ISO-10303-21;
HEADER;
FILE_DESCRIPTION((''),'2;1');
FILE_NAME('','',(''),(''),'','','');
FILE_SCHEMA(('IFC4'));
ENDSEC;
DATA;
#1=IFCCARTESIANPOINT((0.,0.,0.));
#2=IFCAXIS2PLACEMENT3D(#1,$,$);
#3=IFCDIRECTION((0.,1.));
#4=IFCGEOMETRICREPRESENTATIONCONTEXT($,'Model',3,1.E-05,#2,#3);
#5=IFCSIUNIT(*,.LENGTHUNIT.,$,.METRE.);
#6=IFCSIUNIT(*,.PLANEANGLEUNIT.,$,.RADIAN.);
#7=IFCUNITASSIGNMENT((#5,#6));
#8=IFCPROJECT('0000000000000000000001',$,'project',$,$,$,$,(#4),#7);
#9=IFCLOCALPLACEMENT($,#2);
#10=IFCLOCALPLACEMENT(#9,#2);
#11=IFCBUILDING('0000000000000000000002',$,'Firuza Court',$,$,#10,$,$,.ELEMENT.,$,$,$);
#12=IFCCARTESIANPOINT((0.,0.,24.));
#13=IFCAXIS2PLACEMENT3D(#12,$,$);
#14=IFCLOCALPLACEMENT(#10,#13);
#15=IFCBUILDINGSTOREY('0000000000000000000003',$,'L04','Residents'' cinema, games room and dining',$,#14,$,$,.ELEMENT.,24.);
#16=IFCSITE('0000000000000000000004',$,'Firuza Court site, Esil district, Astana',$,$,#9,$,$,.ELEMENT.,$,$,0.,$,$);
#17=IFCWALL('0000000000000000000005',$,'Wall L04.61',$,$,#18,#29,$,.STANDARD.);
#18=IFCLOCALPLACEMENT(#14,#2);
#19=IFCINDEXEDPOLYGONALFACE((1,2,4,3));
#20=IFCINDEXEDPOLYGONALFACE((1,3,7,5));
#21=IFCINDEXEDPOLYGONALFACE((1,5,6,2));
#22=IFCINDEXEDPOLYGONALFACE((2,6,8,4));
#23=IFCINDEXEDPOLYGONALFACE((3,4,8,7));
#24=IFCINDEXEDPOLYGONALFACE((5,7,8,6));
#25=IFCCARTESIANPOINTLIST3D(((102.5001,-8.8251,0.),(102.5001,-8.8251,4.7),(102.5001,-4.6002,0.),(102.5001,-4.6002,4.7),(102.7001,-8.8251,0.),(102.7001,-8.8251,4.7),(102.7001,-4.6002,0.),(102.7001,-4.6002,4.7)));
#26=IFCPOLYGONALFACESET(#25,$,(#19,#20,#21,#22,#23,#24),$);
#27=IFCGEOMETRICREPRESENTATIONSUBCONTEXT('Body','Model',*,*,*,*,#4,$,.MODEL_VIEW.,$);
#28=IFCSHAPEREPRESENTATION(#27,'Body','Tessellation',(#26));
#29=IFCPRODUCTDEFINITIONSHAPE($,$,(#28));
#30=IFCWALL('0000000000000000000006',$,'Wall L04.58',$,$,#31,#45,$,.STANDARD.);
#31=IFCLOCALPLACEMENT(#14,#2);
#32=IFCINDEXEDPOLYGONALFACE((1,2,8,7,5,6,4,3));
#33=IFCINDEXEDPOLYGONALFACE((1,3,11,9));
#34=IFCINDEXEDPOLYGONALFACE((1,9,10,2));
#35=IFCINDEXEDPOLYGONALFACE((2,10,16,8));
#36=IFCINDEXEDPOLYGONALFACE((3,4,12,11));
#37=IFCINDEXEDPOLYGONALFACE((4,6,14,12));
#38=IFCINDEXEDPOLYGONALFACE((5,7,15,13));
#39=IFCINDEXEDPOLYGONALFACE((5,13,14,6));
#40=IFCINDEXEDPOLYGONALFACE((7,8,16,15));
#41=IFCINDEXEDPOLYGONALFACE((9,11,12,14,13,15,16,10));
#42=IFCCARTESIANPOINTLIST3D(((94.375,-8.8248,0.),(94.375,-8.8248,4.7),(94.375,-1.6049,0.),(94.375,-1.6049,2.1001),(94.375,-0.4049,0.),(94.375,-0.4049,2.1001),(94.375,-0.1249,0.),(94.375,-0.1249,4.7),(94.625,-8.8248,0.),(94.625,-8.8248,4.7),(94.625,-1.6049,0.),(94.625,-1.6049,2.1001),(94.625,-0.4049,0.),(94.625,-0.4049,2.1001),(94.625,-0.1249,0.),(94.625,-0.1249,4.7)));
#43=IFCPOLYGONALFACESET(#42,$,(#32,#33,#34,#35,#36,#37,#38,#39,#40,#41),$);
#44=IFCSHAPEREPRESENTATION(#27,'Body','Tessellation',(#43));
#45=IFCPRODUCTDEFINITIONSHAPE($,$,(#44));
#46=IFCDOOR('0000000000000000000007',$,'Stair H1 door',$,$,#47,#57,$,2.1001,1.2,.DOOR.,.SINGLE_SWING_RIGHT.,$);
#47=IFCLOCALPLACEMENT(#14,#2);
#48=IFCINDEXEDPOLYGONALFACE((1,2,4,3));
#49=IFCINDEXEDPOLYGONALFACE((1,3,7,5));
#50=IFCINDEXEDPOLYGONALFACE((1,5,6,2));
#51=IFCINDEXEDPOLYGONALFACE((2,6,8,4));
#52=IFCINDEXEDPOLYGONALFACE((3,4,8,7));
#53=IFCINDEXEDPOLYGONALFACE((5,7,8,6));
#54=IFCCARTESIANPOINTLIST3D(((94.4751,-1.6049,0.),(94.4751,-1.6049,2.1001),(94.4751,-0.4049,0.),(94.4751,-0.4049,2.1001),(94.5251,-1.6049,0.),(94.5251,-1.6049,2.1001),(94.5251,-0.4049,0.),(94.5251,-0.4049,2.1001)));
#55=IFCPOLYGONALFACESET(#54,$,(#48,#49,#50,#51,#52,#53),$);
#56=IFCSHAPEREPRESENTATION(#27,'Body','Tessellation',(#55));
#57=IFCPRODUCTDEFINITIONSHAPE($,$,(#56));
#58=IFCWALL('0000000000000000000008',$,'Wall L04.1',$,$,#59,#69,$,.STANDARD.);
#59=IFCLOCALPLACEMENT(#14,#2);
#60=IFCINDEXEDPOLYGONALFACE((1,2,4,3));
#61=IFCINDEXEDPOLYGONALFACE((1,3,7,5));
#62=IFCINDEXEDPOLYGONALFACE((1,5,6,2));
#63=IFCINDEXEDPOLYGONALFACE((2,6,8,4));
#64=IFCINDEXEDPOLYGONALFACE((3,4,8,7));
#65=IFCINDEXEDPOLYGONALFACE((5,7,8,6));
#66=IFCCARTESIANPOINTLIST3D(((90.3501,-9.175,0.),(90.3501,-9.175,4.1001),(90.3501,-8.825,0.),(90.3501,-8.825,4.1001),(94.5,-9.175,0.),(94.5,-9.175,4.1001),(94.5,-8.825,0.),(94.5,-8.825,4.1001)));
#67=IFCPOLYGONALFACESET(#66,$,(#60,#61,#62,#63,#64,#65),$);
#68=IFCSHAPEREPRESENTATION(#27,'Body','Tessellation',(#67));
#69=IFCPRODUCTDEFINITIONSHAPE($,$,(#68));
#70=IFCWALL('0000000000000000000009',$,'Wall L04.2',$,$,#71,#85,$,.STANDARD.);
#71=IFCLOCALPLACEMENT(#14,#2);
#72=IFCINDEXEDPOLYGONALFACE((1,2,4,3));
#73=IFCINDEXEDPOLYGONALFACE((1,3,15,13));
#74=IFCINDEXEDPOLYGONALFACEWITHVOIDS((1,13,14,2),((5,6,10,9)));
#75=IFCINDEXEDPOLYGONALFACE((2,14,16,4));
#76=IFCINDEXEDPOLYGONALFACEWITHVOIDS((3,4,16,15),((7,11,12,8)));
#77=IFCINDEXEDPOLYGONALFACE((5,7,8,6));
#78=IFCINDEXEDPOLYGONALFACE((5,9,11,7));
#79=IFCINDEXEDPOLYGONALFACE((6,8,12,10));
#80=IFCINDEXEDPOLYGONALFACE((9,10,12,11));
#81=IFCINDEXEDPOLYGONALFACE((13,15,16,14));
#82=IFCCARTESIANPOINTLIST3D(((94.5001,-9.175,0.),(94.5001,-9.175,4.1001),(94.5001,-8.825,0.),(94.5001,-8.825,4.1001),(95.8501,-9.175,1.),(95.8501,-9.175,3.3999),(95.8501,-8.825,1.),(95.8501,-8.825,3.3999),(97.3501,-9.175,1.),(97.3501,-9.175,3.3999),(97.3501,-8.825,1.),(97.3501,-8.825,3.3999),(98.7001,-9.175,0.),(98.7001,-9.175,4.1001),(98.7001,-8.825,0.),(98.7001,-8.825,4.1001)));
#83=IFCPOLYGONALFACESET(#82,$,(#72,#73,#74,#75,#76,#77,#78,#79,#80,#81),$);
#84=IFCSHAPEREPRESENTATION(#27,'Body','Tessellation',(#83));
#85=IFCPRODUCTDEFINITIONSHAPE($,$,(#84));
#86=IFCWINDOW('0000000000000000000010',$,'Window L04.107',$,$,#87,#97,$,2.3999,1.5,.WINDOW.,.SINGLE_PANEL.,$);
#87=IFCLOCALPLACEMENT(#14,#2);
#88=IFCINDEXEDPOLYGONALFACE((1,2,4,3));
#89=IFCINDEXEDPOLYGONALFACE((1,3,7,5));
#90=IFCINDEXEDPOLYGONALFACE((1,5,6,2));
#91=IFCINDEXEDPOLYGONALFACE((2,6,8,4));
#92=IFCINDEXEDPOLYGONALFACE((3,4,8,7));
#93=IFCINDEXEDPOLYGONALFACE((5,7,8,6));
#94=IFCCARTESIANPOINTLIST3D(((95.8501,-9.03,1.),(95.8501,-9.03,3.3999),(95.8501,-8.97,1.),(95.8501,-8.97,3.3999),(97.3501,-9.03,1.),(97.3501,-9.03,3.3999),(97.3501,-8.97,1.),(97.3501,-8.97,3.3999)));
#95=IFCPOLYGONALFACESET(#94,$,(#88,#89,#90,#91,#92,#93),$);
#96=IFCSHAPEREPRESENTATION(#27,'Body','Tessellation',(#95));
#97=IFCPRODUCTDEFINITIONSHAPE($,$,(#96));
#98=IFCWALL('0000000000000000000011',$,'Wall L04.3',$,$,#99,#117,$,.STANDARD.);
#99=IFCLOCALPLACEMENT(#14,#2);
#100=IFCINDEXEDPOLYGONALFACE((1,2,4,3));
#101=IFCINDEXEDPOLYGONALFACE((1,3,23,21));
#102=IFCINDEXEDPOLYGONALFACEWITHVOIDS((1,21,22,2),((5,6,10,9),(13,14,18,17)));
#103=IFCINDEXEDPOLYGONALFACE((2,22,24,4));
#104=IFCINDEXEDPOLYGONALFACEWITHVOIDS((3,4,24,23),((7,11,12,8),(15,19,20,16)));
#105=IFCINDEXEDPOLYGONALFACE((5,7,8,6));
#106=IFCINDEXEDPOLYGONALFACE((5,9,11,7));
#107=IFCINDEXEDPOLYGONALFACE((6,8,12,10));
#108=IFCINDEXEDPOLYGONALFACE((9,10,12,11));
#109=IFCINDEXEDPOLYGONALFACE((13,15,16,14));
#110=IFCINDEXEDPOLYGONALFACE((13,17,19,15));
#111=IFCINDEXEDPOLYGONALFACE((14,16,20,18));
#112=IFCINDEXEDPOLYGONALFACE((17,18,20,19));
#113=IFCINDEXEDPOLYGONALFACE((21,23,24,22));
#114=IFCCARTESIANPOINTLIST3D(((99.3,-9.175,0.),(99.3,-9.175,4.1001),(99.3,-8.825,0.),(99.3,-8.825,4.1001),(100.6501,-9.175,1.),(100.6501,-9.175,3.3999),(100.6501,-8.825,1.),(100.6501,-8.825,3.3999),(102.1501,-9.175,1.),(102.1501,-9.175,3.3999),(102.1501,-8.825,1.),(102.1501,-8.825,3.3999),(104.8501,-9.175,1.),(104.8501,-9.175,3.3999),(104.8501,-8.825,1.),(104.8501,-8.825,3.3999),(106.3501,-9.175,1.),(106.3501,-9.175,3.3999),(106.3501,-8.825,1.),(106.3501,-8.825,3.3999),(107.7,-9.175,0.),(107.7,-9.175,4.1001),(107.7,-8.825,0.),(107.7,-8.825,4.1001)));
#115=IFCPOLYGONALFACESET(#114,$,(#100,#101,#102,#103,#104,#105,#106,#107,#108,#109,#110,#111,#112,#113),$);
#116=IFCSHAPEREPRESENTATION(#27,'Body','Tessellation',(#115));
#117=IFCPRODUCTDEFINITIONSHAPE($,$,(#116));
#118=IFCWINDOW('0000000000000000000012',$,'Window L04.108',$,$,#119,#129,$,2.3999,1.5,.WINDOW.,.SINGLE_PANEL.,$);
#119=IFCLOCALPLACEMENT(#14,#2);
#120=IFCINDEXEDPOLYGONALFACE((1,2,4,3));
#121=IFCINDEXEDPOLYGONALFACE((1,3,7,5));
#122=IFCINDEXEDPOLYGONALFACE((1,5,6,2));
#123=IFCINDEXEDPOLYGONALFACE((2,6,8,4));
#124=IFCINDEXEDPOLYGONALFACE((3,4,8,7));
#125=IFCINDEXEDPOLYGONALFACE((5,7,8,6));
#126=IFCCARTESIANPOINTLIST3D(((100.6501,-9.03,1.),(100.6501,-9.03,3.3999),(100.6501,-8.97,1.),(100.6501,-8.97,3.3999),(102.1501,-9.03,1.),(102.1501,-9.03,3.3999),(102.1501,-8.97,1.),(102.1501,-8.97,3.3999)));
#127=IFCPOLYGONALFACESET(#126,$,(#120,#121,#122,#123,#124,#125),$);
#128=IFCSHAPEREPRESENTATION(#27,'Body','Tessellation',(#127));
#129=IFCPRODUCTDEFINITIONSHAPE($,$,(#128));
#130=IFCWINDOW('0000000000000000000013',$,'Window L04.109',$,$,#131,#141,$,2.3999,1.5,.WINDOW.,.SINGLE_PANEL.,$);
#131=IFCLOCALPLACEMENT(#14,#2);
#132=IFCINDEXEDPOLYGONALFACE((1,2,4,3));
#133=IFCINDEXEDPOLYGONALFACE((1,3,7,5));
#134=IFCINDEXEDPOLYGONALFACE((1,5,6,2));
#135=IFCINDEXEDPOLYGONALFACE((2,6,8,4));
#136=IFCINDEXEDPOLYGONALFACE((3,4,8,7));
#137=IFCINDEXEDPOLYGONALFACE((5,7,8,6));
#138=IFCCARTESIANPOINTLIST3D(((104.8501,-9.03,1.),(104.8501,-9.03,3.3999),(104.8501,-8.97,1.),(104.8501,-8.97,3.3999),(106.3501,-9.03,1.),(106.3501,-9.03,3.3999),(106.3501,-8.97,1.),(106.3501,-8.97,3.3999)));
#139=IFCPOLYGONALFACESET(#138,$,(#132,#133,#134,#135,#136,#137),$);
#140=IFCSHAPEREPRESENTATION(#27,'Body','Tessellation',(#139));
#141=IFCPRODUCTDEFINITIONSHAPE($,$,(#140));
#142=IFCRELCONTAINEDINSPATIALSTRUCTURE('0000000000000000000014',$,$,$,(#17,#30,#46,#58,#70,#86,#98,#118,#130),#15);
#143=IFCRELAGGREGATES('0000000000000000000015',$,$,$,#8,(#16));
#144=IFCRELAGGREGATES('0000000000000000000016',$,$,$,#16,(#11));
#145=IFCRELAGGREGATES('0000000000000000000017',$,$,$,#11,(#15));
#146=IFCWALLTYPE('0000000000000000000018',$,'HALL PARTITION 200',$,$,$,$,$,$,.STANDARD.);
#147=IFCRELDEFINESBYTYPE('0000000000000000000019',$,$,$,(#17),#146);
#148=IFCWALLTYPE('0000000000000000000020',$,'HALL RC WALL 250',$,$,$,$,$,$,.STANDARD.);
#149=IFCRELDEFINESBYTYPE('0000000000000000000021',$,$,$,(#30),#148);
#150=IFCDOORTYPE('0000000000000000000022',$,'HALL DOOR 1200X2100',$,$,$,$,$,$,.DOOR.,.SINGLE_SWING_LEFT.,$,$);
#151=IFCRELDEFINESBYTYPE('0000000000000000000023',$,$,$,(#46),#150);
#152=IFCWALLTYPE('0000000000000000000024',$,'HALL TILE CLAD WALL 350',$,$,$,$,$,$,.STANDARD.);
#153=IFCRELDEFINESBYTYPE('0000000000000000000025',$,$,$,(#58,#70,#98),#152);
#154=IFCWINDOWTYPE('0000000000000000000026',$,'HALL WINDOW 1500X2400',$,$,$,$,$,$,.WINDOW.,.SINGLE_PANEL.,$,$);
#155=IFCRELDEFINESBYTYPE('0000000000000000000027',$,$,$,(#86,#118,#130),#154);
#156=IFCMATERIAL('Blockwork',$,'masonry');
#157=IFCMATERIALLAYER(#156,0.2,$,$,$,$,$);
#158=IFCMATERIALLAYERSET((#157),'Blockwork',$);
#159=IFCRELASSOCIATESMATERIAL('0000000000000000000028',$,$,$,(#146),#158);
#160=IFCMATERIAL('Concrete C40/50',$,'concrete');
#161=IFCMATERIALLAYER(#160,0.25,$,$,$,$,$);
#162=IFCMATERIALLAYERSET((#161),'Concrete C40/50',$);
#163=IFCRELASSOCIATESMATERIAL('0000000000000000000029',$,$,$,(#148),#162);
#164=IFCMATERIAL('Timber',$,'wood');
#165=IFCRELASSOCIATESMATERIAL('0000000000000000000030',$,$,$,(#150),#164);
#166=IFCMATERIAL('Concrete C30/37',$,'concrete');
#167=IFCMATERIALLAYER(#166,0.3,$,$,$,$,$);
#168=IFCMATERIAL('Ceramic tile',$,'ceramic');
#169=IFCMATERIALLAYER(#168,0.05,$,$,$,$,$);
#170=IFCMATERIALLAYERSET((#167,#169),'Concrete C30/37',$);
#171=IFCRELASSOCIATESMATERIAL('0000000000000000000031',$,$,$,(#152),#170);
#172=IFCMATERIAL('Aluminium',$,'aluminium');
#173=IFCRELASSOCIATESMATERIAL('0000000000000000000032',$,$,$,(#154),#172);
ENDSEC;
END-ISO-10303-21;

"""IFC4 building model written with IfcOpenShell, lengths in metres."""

from ifc_helpers import new_model, si_unit, direction, frame, frame_2d, origin, place, context, subcontext, project, spatial, rectangle, extrude, material, layer, layer_set, type_object, element, fill, save


model = new_model("IFC4")

# Units and contexts
model_context = context("Model", 3, precision=1e-05, world=origin(), true_north=direction((0.0, 1.0)))
body_context = subcontext(model_context, "Body", "Model", "MODEL_VIEW")
ifc_project = project(units=[si_unit("LENGTHUNIT", "METRE"), si_unit("PLANEANGLEUNIT", "RADIAN")], contexts=[model_context])

# Site, building, storey
site_placement = place(None, origin())
site = spatial("IfcSite", under=ifc_project, at=site_placement, Name="Firuza Court site, Esil district, Astana", CompositionType="ELEMENT", RefElevation=0.0)
building_placement = place(site_placement, origin())
building = spatial("IfcBuilding", under=site, at=building_placement, Name="Firuza Court", CompositionType="ELEMENT")
storey_placement = place(building_placement, frame((0.0, 0.0, 24.0)))
storey = spatial("IfcBuildingStorey", under=building, at=storey_placement, Name="L04", Description="Residents' cinema, games room and dining", CompositionType="ELEMENT", Elevation=24.0)

# Shared definitions
ifc_material_1 = material(Name="Blockwork", Category="masonry")
ifc_layer_1 = layer(ifc_material_1, 0.2)
ifc_layer_set_1 = layer_set([ifc_layer_1], Name="Blockwork")
wall_type_1 = type_object("IfcWallType", Name="HALL PARTITION 200", PredefinedType="STANDARD", material=ifc_layer_set_1)

# Wall
wall_1_placement = place(storey_placement, frame((102.6001, -8.825, 0.0), z_axis=(0.0, 0.0, 1.0), x_axis=(0.0, 1.0, 0.0)))
element("IfcWall", 1, at=wall_1_placement, inside=storey, type_object=wall_type_1, Name="Wall L04.61", PredefinedType="STANDARD", context=body_context, shape_type="SweptSolid", body=[
    extrude(rectangle(XDim=4.2249, YDim=0.2, at=frame_2d((2.1123, 0.0))), origin(), (0.0, 0.0, 1.0), 4.7),
])

# Wall, opening, door
ifc_material_2 = material(Name="Concrete C40/50", Category="concrete")
ifc_layer_2 = layer(ifc_material_2, 0.25)
ifc_layer_set_2 = layer_set([ifc_layer_2], Name="Concrete C40/50")
wall_type_2 = type_object("IfcWallType", Name="HALL RC WALL 250", PredefinedType="STANDARD", material=ifc_layer_set_2)
wall_2_placement = place(storey_placement, frame((94.5, -8.825, 0.0), z_axis=(0.0, 0.0, 1.0), x_axis=(0.0, 1.0, 0.0)))
wall_2 = element("IfcWall", 2, at=wall_2_placement, inside=storey, type_object=wall_type_2, Name="Wall L04.58", PredefinedType="STANDARD", context=body_context, shape_type="SweptSolid", body=[
    extrude(rectangle(XDim=8.7, YDim=0.25, at=frame_2d((4.3501, 0.0))), origin(), (0.0, 0.0, 1.0), 4.7),
])
opening_1_placement = place(wall_2_placement, frame((7.22, 0.0, 0.0)))
opening_1 = element("IfcOpeningElement", 3, at=opening_1_placement, cuts=wall_2, PredefinedType="OPENING", context=body_context, shape_type="SweptSolid", body=[
    extrude(rectangle(XDim=1.2, YDim=2.1001, at=frame_2d((0.6001, 1.05))), frame((0.0, 0.137, 0.0), z_axis=(0.0, -1.0, 0.0), x_axis=(1.0, 0.0, 0.0)), (0.0, 0.0, 1.0), 0.2739),
])
ifc_material_3 = material(Name="Timber", Category="wood")
door_type_1 = type_object("IfcDoorType", Name="HALL DOOR 1200X2100", OperationType="SINGLE_SWING_LEFT", PredefinedType="DOOR", material=ifc_material_3)
door_1_placement = place(opening_1_placement, origin())
door_1 = element("IfcDoor", 4, at=door_1_placement, inside=storey, type_object=door_type_1, Name="Stair H1 door", OperationType="SINGLE_SWING_RIGHT", OverallHeight=2.1001, OverallWidth=1.2, PredefinedType="DOOR", context=body_context, shape_type="SweptSolid", body=[
    extrude(rectangle(XDim=1.2, YDim=2.1001, at=frame_2d((0.6001, 1.05))), frame((0.0, 0.0249, 0.0), z_axis=(0.0, -1.0, 0.0), x_axis=(1.0, 0.0, 0.0)), (0.0, 0.0, 1.0), 0.05),
])
fill(opening_1, door_1)

# Wall
ifc_material_4 = material(Name="Concrete C30/37", Category="concrete")
ifc_layer_3 = layer(ifc_material_4, 0.3)
ifc_material_5 = material(Name="Ceramic tile", Category="ceramic")
ifc_layer_4 = layer(ifc_material_5, 0.05)
ifc_layer_set_3 = layer_set([ifc_layer_3, ifc_layer_4], Name="Concrete C30/37")
wall_type_3 = type_object("IfcWallType", Name="HALL TILE CLAD WALL 350", PredefinedType="STANDARD", material=ifc_layer_set_3)
wall_3_placement = place(storey_placement, frame((90.3501, -9.0, 0.0), z_axis=(0.0, 0.0, 1.0), x_axis=(1.0, 0.0, 0.0)))
element("IfcWall", 5, at=wall_3_placement, inside=storey, type_object=wall_type_3, Name="Wall L04.1", PredefinedType="STANDARD", context=body_context, shape_type="SweptSolid", body=[
    extrude(rectangle(XDim=4.1499, YDim=0.3501, at=frame_2d((2.075, 0.0))), origin(), (0.0, 0.0, 1.0), 4.1001),
])

# Wall, opening, window
wall_4_placement = place(storey_placement, frame((94.5, -9.0, 0.0), z_axis=(0.0, 0.0, 1.0), x_axis=(1.0, 0.0, 0.0)))
wall_4 = element("IfcWall", 6, at=wall_4_placement, inside=storey, type_object=wall_type_3, Name="Wall L04.2", PredefinedType="STANDARD", context=body_context, shape_type="SweptSolid", body=[
    extrude(rectangle(XDim=4.2, YDim=0.3501, at=frame_2d((2.1001, 0.0))), origin(), (0.0, 0.0, 1.0), 4.1001),
])
opening_2_placement = place(wall_4_placement, frame((1.3501, 0.0, 1.0)))
opening_2 = element("IfcOpeningElement", 7, at=opening_2_placement, cuts=wall_4, PredefinedType="OPENING", context=body_context, shape_type="SweptSolid", body=[
    extrude(rectangle(XDim=1.5, YDim=2.3999, at=frame_2d((0.75, 1.2))), frame((0.0, 0.187, 0.0), z_axis=(0.0, -1.0, 0.0), x_axis=(1.0, 0.0, 0.0)), (0.0, 0.0, 1.0), 0.374),
])
ifc_material_6 = material(Name="Aluminium", Category="aluminium")
window_type = type_object("IfcWindowType", Name="HALL WINDOW 1500X2400", PartitioningType="SINGLE_PANEL", PredefinedType="WINDOW", material=ifc_material_6)
window_1_placement = place(opening_2_placement, origin())
window_1 = element("IfcWindow", 8, at=window_1_placement, inside=storey, type_object=window_type, Name="Window L04.107", OverallHeight=2.3999, OverallWidth=1.5, PartitioningType="SINGLE_PANEL", PredefinedType="WINDOW", context=body_context, shape_type="SweptSolid", body=[
    extrude(rectangle(XDim=1.5, YDim=2.3999, at=frame_2d((0.75, 1.2))), frame((0.0, 0.03, 0.0), z_axis=(0.0, -1.0, 0.0), x_axis=(1.0, 0.0, 0.0)), (0.0, 0.0, 1.0), 0.0601),
])
fill(opening_2, window_1)

# Wall, openings, windows
wall_5_placement = place(storey_placement, frame((99.3, -9.0, 0.0), z_axis=(0.0, 0.0, 1.0), x_axis=(1.0, 0.0, 0.0)))
wall_5 = element("IfcWall", 9, at=wall_5_placement, inside=storey, type_object=wall_type_3, Name="Wall L04.3", PredefinedType="STANDARD", context=body_context, shape_type="SweptSolid", body=[
    extrude(rectangle(XDim=8.3999, YDim=0.3501, at=frame_2d((4.2, 0.0))), origin(), (0.0, 0.0, 1.0), 4.1001),
])
opening_3_placement = place(wall_5_placement, frame((1.3501, 0.0, 1.0)))
opening_3 = element("IfcOpeningElement", 10, at=opening_3_placement, cuts=wall_5, PredefinedType="OPENING", context=body_context, shape_type="SweptSolid", body=[
    extrude(rectangle(XDim=1.5, YDim=2.3999, at=frame_2d((0.75, 1.2))), frame((0.0, 0.187, 0.0), z_axis=(0.0, -1.0, 0.0), x_axis=(1.0, 0.0, 0.0)), (0.0, 0.0, 1.0), 0.374),
])
opening_4_placement = place(wall_5_placement, frame((5.55, 0.0, 1.0)))
opening_4 = element("IfcOpeningElement", 11, at=opening_4_placement, cuts=wall_5, PredefinedType="OPENING", context=body_context, shape_type="SweptSolid", body=[
    extrude(rectangle(XDim=1.5, YDim=2.3999, at=frame_2d((0.75, 1.2))), frame((0.0, 0.187, 0.0), z_axis=(0.0, -1.0, 0.0), x_axis=(1.0, 0.0, 0.0)), (0.0, 0.0, 1.0), 0.374),
])
window_2_placement = place(opening_3_placement, origin())
window_2 = element("IfcWindow", 12, at=window_2_placement, inside=storey, type_object=window_type, Name="Window L04.108", OverallHeight=2.3999, OverallWidth=1.5, PartitioningType="SINGLE_PANEL", PredefinedType="WINDOW", context=body_context, shape_type="SweptSolid", body=[
    extrude(rectangle(XDim=1.5, YDim=2.3999, at=frame_2d((0.75, 1.2))), frame((0.0, 0.03, 0.0), z_axis=(0.0, -1.0, 0.0), x_axis=(1.0, 0.0, 0.0)), (0.0, 0.0, 1.0), 0.0601),
])
fill(opening_3, window_2)
window_3_placement = place(opening_4_placement, origin())
window_3 = element("IfcWindow", 13, at=window_3_placement, inside=storey, type_object=window_type, Name="Window L04.109", OverallHeight=2.3999, OverallWidth=1.5, PartitioningType="SINGLE_PANEL", PredefinedType="WINDOW", context=body_context, shape_type="SweptSolid", body=[
    extrude(rectangle(XDim=1.5, YDim=2.3999, at=frame_2d((0.75, 1.2))), frame((0.0, 0.03, 0.0), z_axis=(0.0, -1.0, 0.0), x_axis=(1.0, 0.0, 0.0)), (0.0, 0.0, 1.0), 0.0601),
])
fill(opening_4, window_3)

save(model, "model.ifc")
